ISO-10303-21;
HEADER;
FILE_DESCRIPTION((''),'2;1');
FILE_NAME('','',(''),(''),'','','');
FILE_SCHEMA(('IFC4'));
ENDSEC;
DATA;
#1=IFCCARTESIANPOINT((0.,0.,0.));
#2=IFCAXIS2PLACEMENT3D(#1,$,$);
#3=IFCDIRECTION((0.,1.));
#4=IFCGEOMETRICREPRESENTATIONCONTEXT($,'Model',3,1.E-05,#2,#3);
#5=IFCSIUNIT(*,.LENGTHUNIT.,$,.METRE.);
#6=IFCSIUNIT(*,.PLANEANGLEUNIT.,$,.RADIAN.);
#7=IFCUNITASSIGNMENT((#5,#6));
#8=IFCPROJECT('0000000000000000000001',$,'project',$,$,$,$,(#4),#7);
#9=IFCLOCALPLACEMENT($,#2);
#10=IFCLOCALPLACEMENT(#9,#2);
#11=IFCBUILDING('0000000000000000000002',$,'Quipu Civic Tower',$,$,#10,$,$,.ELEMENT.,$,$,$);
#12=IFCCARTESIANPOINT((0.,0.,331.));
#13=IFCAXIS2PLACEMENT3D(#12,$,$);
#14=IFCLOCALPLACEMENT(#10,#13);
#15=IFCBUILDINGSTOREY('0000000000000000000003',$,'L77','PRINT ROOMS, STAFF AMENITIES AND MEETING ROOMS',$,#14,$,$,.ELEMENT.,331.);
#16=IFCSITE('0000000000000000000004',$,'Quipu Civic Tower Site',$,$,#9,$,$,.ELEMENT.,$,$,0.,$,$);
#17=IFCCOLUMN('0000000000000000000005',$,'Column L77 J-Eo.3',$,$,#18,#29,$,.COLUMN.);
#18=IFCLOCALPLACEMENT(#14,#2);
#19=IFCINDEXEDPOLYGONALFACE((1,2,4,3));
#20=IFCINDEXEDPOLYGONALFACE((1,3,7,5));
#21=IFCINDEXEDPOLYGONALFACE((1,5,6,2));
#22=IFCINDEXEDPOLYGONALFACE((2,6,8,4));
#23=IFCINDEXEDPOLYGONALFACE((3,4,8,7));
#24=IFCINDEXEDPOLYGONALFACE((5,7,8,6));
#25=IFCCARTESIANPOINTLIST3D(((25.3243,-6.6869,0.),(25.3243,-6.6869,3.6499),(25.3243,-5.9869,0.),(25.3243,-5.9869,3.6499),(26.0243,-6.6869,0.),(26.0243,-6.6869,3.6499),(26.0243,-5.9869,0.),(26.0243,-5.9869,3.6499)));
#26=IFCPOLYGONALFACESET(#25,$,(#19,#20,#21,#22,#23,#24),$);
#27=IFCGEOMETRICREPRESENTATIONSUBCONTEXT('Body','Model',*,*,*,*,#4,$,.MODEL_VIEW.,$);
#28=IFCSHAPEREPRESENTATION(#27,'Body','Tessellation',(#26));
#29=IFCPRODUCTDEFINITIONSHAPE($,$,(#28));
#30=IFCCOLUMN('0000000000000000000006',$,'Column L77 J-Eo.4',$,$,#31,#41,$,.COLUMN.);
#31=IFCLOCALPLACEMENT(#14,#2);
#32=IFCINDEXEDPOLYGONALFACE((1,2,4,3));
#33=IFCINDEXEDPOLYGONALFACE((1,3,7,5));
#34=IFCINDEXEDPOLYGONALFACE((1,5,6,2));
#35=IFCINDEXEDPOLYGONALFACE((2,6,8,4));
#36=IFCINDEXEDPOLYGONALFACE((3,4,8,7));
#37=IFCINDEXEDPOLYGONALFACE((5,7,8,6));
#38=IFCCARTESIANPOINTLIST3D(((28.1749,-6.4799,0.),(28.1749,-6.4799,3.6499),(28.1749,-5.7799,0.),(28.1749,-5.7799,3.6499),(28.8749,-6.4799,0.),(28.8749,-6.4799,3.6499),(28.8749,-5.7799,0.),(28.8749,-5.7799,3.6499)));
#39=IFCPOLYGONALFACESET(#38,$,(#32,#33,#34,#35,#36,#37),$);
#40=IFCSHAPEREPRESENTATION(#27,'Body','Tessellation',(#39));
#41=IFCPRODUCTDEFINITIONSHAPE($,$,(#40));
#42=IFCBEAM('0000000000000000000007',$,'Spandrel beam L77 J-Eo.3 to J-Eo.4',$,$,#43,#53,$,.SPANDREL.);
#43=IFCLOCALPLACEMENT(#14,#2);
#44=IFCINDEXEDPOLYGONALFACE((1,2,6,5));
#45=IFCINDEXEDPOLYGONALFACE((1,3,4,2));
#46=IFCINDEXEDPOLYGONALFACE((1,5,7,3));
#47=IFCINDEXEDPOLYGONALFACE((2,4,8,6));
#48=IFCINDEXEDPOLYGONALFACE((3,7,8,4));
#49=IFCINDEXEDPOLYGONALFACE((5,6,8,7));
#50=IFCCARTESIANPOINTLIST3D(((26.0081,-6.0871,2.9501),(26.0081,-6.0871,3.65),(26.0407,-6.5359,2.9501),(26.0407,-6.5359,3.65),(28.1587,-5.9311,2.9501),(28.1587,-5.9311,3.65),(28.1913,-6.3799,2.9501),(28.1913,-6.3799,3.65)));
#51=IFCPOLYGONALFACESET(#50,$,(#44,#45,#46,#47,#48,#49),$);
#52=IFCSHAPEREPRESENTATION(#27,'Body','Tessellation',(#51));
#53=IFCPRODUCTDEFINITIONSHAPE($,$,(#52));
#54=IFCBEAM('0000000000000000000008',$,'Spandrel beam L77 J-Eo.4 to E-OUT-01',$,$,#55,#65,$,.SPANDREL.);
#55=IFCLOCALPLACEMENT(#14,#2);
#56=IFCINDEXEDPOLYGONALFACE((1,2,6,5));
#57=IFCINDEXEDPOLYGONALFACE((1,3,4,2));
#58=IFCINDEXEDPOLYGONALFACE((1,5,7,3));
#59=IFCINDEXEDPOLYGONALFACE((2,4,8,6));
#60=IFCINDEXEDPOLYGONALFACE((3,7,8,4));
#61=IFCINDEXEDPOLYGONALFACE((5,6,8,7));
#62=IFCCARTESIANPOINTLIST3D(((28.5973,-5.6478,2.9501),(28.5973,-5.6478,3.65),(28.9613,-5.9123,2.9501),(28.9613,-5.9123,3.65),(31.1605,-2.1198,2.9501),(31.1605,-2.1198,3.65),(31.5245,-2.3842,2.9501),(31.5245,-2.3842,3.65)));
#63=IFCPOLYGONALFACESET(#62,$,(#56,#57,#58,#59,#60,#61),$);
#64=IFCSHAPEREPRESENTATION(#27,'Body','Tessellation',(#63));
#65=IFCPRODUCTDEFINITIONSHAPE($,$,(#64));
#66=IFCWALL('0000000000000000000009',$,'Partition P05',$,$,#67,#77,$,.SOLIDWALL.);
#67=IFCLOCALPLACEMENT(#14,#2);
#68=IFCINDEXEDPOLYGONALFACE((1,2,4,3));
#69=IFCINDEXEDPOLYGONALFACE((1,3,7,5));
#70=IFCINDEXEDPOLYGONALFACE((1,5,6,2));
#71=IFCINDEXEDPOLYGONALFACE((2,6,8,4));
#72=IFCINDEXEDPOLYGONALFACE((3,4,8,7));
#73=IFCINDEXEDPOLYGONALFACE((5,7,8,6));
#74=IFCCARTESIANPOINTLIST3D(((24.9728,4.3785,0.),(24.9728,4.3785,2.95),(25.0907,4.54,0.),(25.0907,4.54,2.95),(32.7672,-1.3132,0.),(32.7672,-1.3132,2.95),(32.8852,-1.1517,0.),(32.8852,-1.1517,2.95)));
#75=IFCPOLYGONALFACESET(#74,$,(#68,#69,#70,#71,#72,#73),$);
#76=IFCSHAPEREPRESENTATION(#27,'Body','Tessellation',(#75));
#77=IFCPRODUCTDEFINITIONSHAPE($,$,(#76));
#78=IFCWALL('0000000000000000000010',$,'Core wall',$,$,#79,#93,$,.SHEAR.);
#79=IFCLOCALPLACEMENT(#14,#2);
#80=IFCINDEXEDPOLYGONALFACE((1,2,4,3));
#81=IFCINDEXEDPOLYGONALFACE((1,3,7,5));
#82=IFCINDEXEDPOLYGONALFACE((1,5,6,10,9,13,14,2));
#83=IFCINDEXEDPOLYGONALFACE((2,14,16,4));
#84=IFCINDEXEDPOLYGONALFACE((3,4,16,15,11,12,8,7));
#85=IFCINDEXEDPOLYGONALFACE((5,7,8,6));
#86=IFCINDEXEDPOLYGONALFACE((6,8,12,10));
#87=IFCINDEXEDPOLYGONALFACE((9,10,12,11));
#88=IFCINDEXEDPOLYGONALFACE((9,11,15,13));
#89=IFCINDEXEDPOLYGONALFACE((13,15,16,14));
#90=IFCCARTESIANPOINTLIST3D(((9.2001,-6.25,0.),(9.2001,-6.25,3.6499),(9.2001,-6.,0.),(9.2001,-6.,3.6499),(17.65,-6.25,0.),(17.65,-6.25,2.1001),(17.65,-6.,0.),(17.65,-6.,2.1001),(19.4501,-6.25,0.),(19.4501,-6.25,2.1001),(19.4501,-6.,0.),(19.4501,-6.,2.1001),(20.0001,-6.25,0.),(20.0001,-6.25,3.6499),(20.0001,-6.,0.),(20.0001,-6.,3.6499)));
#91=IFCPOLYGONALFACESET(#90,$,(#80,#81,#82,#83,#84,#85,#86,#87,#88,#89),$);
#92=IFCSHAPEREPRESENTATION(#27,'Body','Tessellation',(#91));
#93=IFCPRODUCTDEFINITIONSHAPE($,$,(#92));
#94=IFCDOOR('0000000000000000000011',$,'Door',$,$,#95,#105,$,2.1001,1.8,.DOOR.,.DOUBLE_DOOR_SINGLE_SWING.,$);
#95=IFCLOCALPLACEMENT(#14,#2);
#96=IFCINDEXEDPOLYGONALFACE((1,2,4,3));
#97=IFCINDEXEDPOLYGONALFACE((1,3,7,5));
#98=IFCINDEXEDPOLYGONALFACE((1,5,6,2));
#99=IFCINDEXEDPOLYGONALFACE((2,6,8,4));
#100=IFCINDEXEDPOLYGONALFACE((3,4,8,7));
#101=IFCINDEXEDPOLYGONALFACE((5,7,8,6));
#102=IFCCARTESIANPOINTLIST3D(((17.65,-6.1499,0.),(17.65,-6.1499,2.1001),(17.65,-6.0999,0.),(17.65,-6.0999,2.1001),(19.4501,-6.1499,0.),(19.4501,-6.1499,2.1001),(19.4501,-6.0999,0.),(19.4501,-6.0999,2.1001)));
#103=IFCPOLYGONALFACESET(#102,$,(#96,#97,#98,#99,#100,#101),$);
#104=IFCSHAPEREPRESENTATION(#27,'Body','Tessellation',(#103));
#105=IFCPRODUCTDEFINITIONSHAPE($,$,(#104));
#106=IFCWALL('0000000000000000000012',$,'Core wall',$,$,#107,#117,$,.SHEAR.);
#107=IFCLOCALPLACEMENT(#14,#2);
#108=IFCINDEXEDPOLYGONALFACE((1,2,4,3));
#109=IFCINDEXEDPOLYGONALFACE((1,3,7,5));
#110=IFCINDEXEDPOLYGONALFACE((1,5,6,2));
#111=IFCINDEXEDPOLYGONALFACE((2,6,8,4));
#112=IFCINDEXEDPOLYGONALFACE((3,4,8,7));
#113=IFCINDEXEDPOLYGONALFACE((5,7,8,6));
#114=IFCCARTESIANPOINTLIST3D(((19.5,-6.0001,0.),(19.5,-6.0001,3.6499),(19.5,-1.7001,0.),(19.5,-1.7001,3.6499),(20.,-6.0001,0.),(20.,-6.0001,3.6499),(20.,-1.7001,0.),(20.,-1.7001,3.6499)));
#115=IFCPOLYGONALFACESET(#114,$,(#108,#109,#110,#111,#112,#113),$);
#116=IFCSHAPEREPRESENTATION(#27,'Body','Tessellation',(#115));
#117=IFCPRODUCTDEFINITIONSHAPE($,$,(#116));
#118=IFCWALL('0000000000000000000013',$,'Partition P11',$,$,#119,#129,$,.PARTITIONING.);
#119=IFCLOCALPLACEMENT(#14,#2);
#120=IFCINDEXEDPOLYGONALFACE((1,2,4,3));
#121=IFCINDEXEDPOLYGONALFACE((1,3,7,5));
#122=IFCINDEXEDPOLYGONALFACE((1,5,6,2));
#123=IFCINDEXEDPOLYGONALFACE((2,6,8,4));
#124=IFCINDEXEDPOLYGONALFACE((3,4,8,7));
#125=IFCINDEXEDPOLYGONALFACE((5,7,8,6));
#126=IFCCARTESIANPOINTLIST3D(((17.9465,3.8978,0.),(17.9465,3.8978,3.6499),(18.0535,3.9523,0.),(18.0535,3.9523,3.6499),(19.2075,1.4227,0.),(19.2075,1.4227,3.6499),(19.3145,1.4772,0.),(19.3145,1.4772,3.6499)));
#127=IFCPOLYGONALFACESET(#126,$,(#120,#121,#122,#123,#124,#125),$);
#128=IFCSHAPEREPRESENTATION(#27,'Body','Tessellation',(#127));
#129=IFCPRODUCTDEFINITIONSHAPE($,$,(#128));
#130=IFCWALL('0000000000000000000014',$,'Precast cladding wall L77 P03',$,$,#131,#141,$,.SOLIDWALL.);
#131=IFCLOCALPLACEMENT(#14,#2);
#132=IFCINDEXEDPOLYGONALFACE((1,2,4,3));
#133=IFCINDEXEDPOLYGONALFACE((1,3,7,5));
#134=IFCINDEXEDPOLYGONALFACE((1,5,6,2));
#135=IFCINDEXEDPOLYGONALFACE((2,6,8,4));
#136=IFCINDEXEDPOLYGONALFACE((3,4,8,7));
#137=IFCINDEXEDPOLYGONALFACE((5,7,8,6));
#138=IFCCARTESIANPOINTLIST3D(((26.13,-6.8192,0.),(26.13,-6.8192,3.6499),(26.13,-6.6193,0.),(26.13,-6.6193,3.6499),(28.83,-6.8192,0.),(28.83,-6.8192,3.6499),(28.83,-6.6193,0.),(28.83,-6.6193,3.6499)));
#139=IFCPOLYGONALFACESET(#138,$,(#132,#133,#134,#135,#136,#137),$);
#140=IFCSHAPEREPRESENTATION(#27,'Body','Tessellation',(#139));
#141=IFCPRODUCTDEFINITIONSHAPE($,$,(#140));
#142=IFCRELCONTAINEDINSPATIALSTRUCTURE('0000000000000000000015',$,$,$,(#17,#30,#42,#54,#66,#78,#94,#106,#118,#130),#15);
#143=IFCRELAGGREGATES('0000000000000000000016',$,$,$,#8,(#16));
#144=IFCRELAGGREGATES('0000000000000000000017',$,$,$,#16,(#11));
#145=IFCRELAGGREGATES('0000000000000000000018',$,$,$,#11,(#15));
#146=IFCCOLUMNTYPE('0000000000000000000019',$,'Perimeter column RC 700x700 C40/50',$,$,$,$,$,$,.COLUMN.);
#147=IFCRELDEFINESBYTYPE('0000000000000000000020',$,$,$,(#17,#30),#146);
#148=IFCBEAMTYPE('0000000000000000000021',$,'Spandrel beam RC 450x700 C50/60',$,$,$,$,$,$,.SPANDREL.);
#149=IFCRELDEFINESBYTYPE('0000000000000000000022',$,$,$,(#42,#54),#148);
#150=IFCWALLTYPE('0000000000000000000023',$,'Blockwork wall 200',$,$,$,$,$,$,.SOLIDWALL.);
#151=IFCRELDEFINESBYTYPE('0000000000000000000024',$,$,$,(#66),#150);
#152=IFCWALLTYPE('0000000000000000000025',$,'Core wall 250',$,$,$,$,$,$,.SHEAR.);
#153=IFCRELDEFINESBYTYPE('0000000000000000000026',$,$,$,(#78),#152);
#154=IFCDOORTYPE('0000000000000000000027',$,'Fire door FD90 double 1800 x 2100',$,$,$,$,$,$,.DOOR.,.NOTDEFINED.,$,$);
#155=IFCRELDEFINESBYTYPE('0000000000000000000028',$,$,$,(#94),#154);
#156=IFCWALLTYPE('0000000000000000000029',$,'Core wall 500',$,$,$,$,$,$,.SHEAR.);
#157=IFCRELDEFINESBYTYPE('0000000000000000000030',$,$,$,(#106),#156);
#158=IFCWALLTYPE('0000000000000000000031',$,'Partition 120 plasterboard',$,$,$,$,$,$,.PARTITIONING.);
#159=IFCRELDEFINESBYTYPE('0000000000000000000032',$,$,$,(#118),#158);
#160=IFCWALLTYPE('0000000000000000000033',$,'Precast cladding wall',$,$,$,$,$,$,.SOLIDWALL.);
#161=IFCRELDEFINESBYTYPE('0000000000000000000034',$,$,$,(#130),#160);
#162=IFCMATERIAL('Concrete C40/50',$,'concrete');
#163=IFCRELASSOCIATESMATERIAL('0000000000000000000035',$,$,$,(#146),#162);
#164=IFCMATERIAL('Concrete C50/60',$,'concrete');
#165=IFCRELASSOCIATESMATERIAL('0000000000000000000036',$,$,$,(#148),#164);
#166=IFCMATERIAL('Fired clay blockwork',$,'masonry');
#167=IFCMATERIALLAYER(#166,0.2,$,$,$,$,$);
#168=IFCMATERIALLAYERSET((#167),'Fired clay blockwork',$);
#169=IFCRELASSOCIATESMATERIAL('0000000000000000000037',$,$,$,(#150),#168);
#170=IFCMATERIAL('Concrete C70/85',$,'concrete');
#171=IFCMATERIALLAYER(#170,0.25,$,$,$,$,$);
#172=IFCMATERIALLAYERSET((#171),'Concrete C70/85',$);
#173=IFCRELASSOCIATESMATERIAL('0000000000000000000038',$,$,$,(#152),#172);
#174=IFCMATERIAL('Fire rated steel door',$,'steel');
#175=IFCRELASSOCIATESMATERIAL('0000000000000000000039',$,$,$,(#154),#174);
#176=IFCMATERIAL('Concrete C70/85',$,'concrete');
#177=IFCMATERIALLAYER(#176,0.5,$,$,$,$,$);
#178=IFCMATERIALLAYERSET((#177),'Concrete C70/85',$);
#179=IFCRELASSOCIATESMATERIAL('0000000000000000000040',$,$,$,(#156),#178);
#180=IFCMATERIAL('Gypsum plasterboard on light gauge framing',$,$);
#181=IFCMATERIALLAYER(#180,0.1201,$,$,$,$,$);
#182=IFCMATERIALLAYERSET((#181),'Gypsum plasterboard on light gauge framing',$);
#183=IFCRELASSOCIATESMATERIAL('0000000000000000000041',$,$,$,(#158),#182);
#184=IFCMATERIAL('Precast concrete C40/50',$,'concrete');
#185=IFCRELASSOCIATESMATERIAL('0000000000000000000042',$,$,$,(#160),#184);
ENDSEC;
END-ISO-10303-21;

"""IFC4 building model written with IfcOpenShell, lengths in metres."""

from ifc_helpers import new_model, si_unit, direction, frame, frame_2d, origin, origin_2d, place, context, subcontext, project, spatial, rectangle, extrude, material, layer, layer_set, material_profile, profile_set, type_object, element, fill, save


model = new_model("IFC4")

# Units and contexts
model_context = context("Model", 3, precision=1e-05, world=origin(), true_north=direction((0.0, 1.0)))
body_context = subcontext(model_context, "Body", "Model", "MODEL_VIEW")
ifc_project = project(units=[si_unit("LENGTHUNIT", "METRE"), si_unit("PLANEANGLEUNIT", "RADIAN")], contexts=[model_context])

# Site, building, storey
site_placement = place(None, origin())
site = spatial("IfcSite", under=ifc_project, at=site_placement, Name="Quipu Civic Tower Site", CompositionType="ELEMENT", RefElevation=0.0)
building_placement = place(site_placement, origin())
building = spatial("IfcBuilding", under=site, at=building_placement, Name="Quipu Civic Tower", CompositionType="ELEMENT")
storey_placement = place(building_placement, frame((0.0, 0.0, 331.0)))
storey = spatial("IfcBuildingStorey", under=building, at=storey_placement, Name="L77", Description="PRINT ROOMS, STAFF AMENITIES AND MEETING ROOMS", CompositionType="ELEMENT", Elevation=331.0)

# Columns
ifc_material_1 = material(Name="Concrete C40/50", Category="concrete")
ifc_material_profile_1 = material_profile(ifc_material_1, rectangle(XDim=0.7, YDim=0.7, at=origin_2d()), Name="RC700x700")
ifc_profile_set_1 = profile_set([ifc_material_profile_1], Name="Concrete C40/50")
column_type = type_object("IfcColumnType", Name="Perimeter column RC 700x700 C40/50", PredefinedType="COLUMN", material=ifc_profile_set_1)
for number, where, z_axis, x_axis, name in (
    (1, (25.6743, -6.3369, 0.0), (0.0, 0.0, 1.0), (1.0, 0.0, 0.0), "Column L77 J-Eo.3"),
    (2, (28.5249, -6.1299, 0.0), (0.0, 0.0, 1.0), (1.0, 0.0, 0.0), "Column L77 J-Eo.4"),
):
    element("IfcColumn", number, at=place(storey_placement, frame(where, z_axis=z_axis, x_axis=x_axis)), inside=storey, type_object=column_type, Name=name, PredefinedType="COLUMN", context=body_context, shape_type="SweptSolid", body=[
        extrude(rectangle(XDim=0.7, YDim=0.7, at=origin_2d()), origin(), (0.0, 0.0, 1.0), 3.6499),
    ])

# Beams
ifc_material_2 = material(Name="Concrete C50/60", Category="concrete")
ifc_material_profile_2 = material_profile(ifc_material_2, rectangle(XDim=0.45, YDim=0.7, at=origin_2d()), Name="RC450x700")
ifc_profile_set_2 = profile_set([ifc_material_profile_2], Name="Concrete C50/60")
beam_type = type_object("IfcBeamType", Name="Spandrel beam RC 450x700 C50/60", PredefinedType="SPANDREL", material=ifc_profile_set_2)
beam_1_placement = place(storey_placement, frame((26.0244, -6.3115, 3.3), z_axis=(0.997379, 0.072349, 0.0), x_axis=(-0.072349, 0.997379, 0.0)))
element("IfcBeam", 3, at=beam_1_placement, inside=storey, type_object=beam_type, Name="Spandrel beam L77 J-Eo.3 to J-Eo.4", PredefinedType="SPANDREL", context=body_context, shape_type="SweptSolid", body=[
    extrude(rectangle(XDim=0.45, YDim=0.7, at=origin_2d()), origin(), (0.0, 0.0, 1.0), 2.1562),
])
beam_2_placement = place(storey_placement, frame((28.7793, -5.78, 3.3), z_axis=(0.587776, 0.809024, 0.0), x_axis=(-0.809024, 0.587776, 0.0)))
element("IfcBeam", 4, at=beam_2_placement, inside=storey, type_object=beam_type, Name="Spandrel beam L77 J-Eo.4 to E-OUT-01", PredefinedType="SPANDREL", context=body_context, shape_type="SweptSolid", body=[
    extrude(rectangle(XDim=0.45, YDim=0.7, at=origin_2d()), origin(), (0.0, 0.0, 1.0), 4.3608),
])

# Wall
ifc_material_3 = material(Name="Fired clay blockwork", Category="masonry")
ifc_layer_1 = layer(ifc_material_3, 0.2)
ifc_layer_set_1 = layer_set([ifc_layer_1], Name="Fired clay blockwork")
wall_type_1 = type_object("IfcWallType", Name="Blockwork wall 200", PredefinedType="SOLIDWALL", material=ifc_layer_set_1)
wall_1_placement = place(storey_placement, frame((25.0317, 4.4592, 0.0), z_axis=(0.0, 0.0, 1.0), x_axis=(0.807602, -0.589727, 0.0)))
element("IfcWall", 5, at=wall_1_placement, inside=storey, type_object=wall_type_1, Name="Partition P05", PredefinedType="SOLIDWALL", context=body_context, shape_type="SweptSolid", body=[
    extrude(rectangle(XDim=9.6514, YDim=0.2, at=frame_2d((4.8257, 0.0))), origin(), (0.0, 0.0, 1.0), 2.95),
])

# Wall, opening, door
ifc_material_4 = material(Name="Concrete C70/85", Category="concrete")
ifc_layer_2 = layer(ifc_material_4, 0.25)
ifc_layer_set_2 = layer_set([ifc_layer_2], Name="Concrete C70/85")
wall_type_2 = type_object("IfcWallType", Name="Core wall 250", PredefinedType="SHEAR", material=ifc_layer_set_2)
wall_2_placement = place(storey_placement, frame((20.0, -6.125, 0.0), z_axis=(0.0, 0.0, 1.0), x_axis=(-1.0, 0.0, 0.0)))
wall_2 = element("IfcWall", 6, at=wall_2_placement, inside=storey, type_object=wall_type_2, Name="Core wall", PredefinedType="SHEAR", context=body_context, shape_type="SweptSolid", body=[
    extrude(rectangle(XDim=10.8, YDim=0.25, at=frame_2d((5.3999, 0.0))), origin(), (0.0, 0.0, 1.0), 3.6499),
])
opening_1_placement = place(wall_2_placement, frame((0.55, 0.0, 0.0)))
opening_1 = element("IfcOpeningElement", 7, at=opening_1_placement, cuts=wall_2, PredefinedType="OPENING", context=body_context, shape_type="SweptSolid", body=[
    extrude(rectangle(XDim=1.8, YDim=2.1001, at=frame_2d((0.8999, 1.05))), frame((0.0, 0.135, 0.0), z_axis=(0.0, -1.0, 0.0), x_axis=(1.0, 0.0, 0.0)), (0.0, 0.0, 1.0), 0.27),
])
ifc_material_5 = material(Name="Fire rated steel door", Category="steel")
door_type_1 = type_object("IfcDoorType", Name="Fire door FD90 double 1800 x 2100", OperationType="NOTDEFINED", PredefinedType="DOOR", material=ifc_material_5)
door_1_placement = place(opening_1_placement, origin())
door_1 = element("IfcDoor", 8, at=door_1_placement, inside=storey, type_object=door_type_1, Name="Door", OperationType="DOUBLE_DOOR_SINGLE_SWING", OverallHeight=2.1001, OverallWidth=1.8, PredefinedType="DOOR", context=body_context, shape_type="SweptSolid", body=[
    extrude(rectangle(XDim=1.8, YDim=2.1001, at=frame_2d((0.8999, 1.05))), frame((0.0, 0.0249, 0.0), z_axis=(0.0, -1.0, 0.0), x_axis=(1.0, 0.0, 0.0)), (0.0, 0.0, 1.0), 0.05),
])
fill(opening_1, door_1)

# Wall
ifc_material_6 = material(Name="Concrete C70/85", Category="concrete")
ifc_layer_3 = layer(ifc_material_6, 0.5)
ifc_layer_set_3 = layer_set([ifc_layer_3], Name="Concrete C70/85")
wall_type_3 = type_object("IfcWallType", Name="Core wall 500", PredefinedType="SHEAR", material=ifc_layer_set_3)
wall_3_placement = place(storey_placement, frame((19.75, -6.0, 0.0), z_axis=(0.0, 0.0, 1.0), x_axis=(0.0, 1.0, 0.0)))
element("IfcWall", 9, at=wall_3_placement, inside=storey, type_object=wall_type_3, Name="Core wall", PredefinedType="SHEAR", context=body_context, shape_type="SweptSolid", body=[
    extrude(rectangle(XDim=4.3, YDim=0.5, at=frame_2d((2.1499, 0.0))), origin(), (0.0, 0.0, 1.0), 3.6499),
])

# Walls
ifc_material_7 = material(Name="Gypsum plasterboard on light gauge framing")
ifc_layer_4 = layer(ifc_material_7, 0.1201)
ifc_layer_set_4 = layer_set([ifc_layer_4], Name="Gypsum plasterboard on light gauge framing")
wall_type_4 = type_object("IfcWallType", Name="Partition 120 plasterboard", PredefinedType="PARTITIONING", material=ifc_layer_set_4)
wall_4_placement = place(storey_placement, frame((18.0, 3.925, 0.0), z_axis=(0.0, 0.0, 1.0), x_axis=(0.453951, -0.891027, 0.0)))
element("IfcWall", 10, at=wall_4_placement, inside=storey, type_object=wall_type_4, Name="Partition P11", PredefinedType="PARTITIONING", context=body_context, shape_type="SweptSolid", body=[
    extrude(rectangle(XDim=2.7778, YDim=0.1201, at=frame_2d((1.3889, 0.0))), origin(), (0.0, 0.0, 1.0), 3.6499),
])
ifc_material_8 = material(Name="Precast concrete C40/50", Category="concrete")
wall_type_5 = type_object("IfcWallType", Name="Precast cladding wall", PredefinedType="SOLIDWALL", material=ifc_material_8)
wall_5_placement = place(storey_placement, frame((26.1299, -6.7192, 0.0), z_axis=(0.0, 0.0, 1.0), x_axis=(1.0, 0.0, 0.0)))
element("IfcWall", 11, at=wall_5_placement, inside=storey, type_object=wall_type_5, Name="Precast cladding wall L77 P03", PredefinedType="SOLIDWALL", context=body_context, shape_type="SweptSolid", body=[
    extrude(rectangle(XDim=2.7, YDim=0.2, at=frame_2d((1.3501, 0.0))), origin(), (0.0, 0.0, 1.0), 3.6499),
])

save(model, "model.ifc")
